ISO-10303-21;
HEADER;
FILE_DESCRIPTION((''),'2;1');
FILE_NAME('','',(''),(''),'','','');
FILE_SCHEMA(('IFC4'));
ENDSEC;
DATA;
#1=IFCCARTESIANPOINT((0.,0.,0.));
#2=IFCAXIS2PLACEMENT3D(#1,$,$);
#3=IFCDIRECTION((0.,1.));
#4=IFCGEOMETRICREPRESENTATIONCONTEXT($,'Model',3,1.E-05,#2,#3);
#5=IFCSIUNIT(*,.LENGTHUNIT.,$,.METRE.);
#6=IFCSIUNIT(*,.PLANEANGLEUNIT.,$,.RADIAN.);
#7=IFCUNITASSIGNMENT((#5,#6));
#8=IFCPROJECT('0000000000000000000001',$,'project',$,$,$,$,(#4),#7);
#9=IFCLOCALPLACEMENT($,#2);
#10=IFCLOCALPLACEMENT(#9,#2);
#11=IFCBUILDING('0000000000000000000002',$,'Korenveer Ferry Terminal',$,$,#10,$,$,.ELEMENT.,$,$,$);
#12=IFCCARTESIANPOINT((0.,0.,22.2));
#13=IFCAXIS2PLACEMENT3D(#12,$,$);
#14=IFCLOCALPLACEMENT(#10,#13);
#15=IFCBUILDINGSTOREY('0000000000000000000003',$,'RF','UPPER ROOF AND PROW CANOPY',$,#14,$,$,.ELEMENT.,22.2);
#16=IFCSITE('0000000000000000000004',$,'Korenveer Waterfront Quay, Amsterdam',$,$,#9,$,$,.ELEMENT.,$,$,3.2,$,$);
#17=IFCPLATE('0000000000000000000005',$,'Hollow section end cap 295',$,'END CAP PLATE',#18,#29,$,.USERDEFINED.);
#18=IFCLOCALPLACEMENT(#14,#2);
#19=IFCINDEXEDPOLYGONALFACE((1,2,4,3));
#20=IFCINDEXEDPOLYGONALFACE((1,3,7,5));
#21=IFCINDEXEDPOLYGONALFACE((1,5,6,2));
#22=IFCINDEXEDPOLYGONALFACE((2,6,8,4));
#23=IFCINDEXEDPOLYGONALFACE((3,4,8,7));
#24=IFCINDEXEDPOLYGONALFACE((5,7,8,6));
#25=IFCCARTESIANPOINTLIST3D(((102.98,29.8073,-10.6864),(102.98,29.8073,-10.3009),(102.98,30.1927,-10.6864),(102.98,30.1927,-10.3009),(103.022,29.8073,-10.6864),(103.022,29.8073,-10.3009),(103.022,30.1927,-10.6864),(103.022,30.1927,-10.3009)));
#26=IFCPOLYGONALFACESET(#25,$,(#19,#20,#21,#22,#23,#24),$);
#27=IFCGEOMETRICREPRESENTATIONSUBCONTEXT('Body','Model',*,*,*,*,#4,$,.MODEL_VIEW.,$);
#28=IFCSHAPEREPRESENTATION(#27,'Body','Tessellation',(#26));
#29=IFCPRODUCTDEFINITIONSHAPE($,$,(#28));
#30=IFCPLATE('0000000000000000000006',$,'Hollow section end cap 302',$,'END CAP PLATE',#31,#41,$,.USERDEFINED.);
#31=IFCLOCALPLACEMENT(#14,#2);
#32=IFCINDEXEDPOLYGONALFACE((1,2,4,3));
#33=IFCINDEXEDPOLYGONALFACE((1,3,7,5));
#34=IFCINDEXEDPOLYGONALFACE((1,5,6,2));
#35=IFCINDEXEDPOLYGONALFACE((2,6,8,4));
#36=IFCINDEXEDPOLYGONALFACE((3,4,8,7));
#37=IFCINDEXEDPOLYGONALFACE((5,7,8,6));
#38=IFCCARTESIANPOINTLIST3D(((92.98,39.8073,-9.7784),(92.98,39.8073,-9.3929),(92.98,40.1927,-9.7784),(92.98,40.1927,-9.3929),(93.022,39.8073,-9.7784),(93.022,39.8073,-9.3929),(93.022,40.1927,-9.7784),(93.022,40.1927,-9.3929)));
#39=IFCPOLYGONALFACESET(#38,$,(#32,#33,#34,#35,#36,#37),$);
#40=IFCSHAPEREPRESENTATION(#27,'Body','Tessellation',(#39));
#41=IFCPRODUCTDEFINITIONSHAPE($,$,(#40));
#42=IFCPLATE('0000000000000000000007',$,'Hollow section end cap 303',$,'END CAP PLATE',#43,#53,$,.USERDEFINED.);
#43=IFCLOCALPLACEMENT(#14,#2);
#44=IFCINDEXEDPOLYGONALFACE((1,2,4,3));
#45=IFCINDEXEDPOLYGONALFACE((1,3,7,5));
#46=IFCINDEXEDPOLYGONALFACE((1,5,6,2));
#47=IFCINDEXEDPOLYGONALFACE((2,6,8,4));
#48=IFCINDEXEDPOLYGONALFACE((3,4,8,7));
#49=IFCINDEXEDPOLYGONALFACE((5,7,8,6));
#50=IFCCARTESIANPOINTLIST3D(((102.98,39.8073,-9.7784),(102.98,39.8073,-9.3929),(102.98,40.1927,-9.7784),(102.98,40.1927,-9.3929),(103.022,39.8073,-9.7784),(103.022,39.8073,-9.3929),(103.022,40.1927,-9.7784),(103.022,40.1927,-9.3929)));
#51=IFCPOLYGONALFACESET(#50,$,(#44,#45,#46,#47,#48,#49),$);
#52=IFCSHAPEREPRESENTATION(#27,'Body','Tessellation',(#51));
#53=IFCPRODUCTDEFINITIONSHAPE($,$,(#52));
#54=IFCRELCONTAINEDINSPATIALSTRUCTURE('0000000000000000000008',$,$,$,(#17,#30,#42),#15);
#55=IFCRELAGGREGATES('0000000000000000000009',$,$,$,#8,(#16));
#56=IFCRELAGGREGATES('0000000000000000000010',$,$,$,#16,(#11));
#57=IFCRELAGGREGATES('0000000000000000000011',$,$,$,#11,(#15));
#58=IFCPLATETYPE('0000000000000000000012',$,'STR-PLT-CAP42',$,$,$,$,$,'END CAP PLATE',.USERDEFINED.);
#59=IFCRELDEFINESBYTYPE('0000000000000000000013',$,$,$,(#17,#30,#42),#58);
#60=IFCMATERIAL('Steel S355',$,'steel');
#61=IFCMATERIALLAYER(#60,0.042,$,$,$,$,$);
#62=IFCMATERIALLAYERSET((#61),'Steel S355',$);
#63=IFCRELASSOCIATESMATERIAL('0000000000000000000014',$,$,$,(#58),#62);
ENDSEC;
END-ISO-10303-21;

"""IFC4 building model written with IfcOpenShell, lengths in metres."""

from ifc_helpers import new_model, si_unit, direction, frame, origin, origin_2d, place, context, subcontext, project, spatial, rectangle, extrude, material, layer, layer_set, type_object, element, save


model = new_model("IFC4")

# Units and contexts
model_context = context("Model", 3, precision=1e-05, world=origin(), true_north=direction((0.0, 1.0)))
body_context = subcontext(model_context, "Body", "Model", "MODEL_VIEW")
ifc_project = project(units=[si_unit("LENGTHUNIT", "METRE"), si_unit("PLANEANGLEUNIT", "RADIAN")], contexts=[model_context])

# Site, building, storey
site_placement = place(None, origin())
site = spatial("IfcSite", under=ifc_project, at=site_placement, Name="Korenveer Waterfront Quay, Amsterdam", CompositionType="ELEMENT", RefElevation=3.2)
building_placement = place(site_placement, origin())
building = spatial("IfcBuilding", under=site, at=building_placement, Name="Korenveer Ferry Terminal", CompositionType="ELEMENT")
storey_placement = place(building_placement, frame((0.0, 0.0, 22.2)))
storey = spatial("IfcBuildingStorey", under=building, at=storey_placement, Name="RF", Description="UPPER ROOF AND PROW CANOPY", CompositionType="ELEMENT", Elevation=22.2)

# Shared definitions
ifc_material_1 = material(Name="Steel S355", Category="steel")

# Plates
ifc_layer = layer(ifc_material_1, 0.042)
ifc_layer_set = layer_set([ifc_layer], Name="Steel S355")
plate_type = type_object("IfcPlateType", Name="STR-PLT-CAP42", ElementType="END CAP PLATE", PredefinedType="USERDEFINED", material=ifc_layer_set)
for number, where, z_axis, x_axis, name in (
    (1, (102.98, 30.0, -10.4937), (1.0, 0.0, 0.0), (0.0, 1.0, 0.0), "Hollow section end cap 295"),
    (2, (92.98, 40.0, -9.5857), (1.0, 0.0, 0.0), (0.0, 1.0, 0.0), "Hollow section end cap 302"),
    (3, (102.98, 40.0, -9.5857), (1.0, 0.0, 0.0), (0.0, 1.0, 0.0), "Hollow section end cap 303"),
):
    element("IfcPlate", number, at=place(storey_placement, frame(where, z_axis=z_axis, x_axis=x_axis)), inside=storey, type_object=plate_type, Name=name, ObjectType="END CAP PLATE", PredefinedType="USERDEFINED", context=body_context, shape_type="SweptSolid", body=[
        extrude(rectangle(XDim=0.3855, YDim=0.3855, at=origin_2d()), origin(), (0.0, 0.0, 1.0), 0.042),
    ])

save(model, "model.ifc")
